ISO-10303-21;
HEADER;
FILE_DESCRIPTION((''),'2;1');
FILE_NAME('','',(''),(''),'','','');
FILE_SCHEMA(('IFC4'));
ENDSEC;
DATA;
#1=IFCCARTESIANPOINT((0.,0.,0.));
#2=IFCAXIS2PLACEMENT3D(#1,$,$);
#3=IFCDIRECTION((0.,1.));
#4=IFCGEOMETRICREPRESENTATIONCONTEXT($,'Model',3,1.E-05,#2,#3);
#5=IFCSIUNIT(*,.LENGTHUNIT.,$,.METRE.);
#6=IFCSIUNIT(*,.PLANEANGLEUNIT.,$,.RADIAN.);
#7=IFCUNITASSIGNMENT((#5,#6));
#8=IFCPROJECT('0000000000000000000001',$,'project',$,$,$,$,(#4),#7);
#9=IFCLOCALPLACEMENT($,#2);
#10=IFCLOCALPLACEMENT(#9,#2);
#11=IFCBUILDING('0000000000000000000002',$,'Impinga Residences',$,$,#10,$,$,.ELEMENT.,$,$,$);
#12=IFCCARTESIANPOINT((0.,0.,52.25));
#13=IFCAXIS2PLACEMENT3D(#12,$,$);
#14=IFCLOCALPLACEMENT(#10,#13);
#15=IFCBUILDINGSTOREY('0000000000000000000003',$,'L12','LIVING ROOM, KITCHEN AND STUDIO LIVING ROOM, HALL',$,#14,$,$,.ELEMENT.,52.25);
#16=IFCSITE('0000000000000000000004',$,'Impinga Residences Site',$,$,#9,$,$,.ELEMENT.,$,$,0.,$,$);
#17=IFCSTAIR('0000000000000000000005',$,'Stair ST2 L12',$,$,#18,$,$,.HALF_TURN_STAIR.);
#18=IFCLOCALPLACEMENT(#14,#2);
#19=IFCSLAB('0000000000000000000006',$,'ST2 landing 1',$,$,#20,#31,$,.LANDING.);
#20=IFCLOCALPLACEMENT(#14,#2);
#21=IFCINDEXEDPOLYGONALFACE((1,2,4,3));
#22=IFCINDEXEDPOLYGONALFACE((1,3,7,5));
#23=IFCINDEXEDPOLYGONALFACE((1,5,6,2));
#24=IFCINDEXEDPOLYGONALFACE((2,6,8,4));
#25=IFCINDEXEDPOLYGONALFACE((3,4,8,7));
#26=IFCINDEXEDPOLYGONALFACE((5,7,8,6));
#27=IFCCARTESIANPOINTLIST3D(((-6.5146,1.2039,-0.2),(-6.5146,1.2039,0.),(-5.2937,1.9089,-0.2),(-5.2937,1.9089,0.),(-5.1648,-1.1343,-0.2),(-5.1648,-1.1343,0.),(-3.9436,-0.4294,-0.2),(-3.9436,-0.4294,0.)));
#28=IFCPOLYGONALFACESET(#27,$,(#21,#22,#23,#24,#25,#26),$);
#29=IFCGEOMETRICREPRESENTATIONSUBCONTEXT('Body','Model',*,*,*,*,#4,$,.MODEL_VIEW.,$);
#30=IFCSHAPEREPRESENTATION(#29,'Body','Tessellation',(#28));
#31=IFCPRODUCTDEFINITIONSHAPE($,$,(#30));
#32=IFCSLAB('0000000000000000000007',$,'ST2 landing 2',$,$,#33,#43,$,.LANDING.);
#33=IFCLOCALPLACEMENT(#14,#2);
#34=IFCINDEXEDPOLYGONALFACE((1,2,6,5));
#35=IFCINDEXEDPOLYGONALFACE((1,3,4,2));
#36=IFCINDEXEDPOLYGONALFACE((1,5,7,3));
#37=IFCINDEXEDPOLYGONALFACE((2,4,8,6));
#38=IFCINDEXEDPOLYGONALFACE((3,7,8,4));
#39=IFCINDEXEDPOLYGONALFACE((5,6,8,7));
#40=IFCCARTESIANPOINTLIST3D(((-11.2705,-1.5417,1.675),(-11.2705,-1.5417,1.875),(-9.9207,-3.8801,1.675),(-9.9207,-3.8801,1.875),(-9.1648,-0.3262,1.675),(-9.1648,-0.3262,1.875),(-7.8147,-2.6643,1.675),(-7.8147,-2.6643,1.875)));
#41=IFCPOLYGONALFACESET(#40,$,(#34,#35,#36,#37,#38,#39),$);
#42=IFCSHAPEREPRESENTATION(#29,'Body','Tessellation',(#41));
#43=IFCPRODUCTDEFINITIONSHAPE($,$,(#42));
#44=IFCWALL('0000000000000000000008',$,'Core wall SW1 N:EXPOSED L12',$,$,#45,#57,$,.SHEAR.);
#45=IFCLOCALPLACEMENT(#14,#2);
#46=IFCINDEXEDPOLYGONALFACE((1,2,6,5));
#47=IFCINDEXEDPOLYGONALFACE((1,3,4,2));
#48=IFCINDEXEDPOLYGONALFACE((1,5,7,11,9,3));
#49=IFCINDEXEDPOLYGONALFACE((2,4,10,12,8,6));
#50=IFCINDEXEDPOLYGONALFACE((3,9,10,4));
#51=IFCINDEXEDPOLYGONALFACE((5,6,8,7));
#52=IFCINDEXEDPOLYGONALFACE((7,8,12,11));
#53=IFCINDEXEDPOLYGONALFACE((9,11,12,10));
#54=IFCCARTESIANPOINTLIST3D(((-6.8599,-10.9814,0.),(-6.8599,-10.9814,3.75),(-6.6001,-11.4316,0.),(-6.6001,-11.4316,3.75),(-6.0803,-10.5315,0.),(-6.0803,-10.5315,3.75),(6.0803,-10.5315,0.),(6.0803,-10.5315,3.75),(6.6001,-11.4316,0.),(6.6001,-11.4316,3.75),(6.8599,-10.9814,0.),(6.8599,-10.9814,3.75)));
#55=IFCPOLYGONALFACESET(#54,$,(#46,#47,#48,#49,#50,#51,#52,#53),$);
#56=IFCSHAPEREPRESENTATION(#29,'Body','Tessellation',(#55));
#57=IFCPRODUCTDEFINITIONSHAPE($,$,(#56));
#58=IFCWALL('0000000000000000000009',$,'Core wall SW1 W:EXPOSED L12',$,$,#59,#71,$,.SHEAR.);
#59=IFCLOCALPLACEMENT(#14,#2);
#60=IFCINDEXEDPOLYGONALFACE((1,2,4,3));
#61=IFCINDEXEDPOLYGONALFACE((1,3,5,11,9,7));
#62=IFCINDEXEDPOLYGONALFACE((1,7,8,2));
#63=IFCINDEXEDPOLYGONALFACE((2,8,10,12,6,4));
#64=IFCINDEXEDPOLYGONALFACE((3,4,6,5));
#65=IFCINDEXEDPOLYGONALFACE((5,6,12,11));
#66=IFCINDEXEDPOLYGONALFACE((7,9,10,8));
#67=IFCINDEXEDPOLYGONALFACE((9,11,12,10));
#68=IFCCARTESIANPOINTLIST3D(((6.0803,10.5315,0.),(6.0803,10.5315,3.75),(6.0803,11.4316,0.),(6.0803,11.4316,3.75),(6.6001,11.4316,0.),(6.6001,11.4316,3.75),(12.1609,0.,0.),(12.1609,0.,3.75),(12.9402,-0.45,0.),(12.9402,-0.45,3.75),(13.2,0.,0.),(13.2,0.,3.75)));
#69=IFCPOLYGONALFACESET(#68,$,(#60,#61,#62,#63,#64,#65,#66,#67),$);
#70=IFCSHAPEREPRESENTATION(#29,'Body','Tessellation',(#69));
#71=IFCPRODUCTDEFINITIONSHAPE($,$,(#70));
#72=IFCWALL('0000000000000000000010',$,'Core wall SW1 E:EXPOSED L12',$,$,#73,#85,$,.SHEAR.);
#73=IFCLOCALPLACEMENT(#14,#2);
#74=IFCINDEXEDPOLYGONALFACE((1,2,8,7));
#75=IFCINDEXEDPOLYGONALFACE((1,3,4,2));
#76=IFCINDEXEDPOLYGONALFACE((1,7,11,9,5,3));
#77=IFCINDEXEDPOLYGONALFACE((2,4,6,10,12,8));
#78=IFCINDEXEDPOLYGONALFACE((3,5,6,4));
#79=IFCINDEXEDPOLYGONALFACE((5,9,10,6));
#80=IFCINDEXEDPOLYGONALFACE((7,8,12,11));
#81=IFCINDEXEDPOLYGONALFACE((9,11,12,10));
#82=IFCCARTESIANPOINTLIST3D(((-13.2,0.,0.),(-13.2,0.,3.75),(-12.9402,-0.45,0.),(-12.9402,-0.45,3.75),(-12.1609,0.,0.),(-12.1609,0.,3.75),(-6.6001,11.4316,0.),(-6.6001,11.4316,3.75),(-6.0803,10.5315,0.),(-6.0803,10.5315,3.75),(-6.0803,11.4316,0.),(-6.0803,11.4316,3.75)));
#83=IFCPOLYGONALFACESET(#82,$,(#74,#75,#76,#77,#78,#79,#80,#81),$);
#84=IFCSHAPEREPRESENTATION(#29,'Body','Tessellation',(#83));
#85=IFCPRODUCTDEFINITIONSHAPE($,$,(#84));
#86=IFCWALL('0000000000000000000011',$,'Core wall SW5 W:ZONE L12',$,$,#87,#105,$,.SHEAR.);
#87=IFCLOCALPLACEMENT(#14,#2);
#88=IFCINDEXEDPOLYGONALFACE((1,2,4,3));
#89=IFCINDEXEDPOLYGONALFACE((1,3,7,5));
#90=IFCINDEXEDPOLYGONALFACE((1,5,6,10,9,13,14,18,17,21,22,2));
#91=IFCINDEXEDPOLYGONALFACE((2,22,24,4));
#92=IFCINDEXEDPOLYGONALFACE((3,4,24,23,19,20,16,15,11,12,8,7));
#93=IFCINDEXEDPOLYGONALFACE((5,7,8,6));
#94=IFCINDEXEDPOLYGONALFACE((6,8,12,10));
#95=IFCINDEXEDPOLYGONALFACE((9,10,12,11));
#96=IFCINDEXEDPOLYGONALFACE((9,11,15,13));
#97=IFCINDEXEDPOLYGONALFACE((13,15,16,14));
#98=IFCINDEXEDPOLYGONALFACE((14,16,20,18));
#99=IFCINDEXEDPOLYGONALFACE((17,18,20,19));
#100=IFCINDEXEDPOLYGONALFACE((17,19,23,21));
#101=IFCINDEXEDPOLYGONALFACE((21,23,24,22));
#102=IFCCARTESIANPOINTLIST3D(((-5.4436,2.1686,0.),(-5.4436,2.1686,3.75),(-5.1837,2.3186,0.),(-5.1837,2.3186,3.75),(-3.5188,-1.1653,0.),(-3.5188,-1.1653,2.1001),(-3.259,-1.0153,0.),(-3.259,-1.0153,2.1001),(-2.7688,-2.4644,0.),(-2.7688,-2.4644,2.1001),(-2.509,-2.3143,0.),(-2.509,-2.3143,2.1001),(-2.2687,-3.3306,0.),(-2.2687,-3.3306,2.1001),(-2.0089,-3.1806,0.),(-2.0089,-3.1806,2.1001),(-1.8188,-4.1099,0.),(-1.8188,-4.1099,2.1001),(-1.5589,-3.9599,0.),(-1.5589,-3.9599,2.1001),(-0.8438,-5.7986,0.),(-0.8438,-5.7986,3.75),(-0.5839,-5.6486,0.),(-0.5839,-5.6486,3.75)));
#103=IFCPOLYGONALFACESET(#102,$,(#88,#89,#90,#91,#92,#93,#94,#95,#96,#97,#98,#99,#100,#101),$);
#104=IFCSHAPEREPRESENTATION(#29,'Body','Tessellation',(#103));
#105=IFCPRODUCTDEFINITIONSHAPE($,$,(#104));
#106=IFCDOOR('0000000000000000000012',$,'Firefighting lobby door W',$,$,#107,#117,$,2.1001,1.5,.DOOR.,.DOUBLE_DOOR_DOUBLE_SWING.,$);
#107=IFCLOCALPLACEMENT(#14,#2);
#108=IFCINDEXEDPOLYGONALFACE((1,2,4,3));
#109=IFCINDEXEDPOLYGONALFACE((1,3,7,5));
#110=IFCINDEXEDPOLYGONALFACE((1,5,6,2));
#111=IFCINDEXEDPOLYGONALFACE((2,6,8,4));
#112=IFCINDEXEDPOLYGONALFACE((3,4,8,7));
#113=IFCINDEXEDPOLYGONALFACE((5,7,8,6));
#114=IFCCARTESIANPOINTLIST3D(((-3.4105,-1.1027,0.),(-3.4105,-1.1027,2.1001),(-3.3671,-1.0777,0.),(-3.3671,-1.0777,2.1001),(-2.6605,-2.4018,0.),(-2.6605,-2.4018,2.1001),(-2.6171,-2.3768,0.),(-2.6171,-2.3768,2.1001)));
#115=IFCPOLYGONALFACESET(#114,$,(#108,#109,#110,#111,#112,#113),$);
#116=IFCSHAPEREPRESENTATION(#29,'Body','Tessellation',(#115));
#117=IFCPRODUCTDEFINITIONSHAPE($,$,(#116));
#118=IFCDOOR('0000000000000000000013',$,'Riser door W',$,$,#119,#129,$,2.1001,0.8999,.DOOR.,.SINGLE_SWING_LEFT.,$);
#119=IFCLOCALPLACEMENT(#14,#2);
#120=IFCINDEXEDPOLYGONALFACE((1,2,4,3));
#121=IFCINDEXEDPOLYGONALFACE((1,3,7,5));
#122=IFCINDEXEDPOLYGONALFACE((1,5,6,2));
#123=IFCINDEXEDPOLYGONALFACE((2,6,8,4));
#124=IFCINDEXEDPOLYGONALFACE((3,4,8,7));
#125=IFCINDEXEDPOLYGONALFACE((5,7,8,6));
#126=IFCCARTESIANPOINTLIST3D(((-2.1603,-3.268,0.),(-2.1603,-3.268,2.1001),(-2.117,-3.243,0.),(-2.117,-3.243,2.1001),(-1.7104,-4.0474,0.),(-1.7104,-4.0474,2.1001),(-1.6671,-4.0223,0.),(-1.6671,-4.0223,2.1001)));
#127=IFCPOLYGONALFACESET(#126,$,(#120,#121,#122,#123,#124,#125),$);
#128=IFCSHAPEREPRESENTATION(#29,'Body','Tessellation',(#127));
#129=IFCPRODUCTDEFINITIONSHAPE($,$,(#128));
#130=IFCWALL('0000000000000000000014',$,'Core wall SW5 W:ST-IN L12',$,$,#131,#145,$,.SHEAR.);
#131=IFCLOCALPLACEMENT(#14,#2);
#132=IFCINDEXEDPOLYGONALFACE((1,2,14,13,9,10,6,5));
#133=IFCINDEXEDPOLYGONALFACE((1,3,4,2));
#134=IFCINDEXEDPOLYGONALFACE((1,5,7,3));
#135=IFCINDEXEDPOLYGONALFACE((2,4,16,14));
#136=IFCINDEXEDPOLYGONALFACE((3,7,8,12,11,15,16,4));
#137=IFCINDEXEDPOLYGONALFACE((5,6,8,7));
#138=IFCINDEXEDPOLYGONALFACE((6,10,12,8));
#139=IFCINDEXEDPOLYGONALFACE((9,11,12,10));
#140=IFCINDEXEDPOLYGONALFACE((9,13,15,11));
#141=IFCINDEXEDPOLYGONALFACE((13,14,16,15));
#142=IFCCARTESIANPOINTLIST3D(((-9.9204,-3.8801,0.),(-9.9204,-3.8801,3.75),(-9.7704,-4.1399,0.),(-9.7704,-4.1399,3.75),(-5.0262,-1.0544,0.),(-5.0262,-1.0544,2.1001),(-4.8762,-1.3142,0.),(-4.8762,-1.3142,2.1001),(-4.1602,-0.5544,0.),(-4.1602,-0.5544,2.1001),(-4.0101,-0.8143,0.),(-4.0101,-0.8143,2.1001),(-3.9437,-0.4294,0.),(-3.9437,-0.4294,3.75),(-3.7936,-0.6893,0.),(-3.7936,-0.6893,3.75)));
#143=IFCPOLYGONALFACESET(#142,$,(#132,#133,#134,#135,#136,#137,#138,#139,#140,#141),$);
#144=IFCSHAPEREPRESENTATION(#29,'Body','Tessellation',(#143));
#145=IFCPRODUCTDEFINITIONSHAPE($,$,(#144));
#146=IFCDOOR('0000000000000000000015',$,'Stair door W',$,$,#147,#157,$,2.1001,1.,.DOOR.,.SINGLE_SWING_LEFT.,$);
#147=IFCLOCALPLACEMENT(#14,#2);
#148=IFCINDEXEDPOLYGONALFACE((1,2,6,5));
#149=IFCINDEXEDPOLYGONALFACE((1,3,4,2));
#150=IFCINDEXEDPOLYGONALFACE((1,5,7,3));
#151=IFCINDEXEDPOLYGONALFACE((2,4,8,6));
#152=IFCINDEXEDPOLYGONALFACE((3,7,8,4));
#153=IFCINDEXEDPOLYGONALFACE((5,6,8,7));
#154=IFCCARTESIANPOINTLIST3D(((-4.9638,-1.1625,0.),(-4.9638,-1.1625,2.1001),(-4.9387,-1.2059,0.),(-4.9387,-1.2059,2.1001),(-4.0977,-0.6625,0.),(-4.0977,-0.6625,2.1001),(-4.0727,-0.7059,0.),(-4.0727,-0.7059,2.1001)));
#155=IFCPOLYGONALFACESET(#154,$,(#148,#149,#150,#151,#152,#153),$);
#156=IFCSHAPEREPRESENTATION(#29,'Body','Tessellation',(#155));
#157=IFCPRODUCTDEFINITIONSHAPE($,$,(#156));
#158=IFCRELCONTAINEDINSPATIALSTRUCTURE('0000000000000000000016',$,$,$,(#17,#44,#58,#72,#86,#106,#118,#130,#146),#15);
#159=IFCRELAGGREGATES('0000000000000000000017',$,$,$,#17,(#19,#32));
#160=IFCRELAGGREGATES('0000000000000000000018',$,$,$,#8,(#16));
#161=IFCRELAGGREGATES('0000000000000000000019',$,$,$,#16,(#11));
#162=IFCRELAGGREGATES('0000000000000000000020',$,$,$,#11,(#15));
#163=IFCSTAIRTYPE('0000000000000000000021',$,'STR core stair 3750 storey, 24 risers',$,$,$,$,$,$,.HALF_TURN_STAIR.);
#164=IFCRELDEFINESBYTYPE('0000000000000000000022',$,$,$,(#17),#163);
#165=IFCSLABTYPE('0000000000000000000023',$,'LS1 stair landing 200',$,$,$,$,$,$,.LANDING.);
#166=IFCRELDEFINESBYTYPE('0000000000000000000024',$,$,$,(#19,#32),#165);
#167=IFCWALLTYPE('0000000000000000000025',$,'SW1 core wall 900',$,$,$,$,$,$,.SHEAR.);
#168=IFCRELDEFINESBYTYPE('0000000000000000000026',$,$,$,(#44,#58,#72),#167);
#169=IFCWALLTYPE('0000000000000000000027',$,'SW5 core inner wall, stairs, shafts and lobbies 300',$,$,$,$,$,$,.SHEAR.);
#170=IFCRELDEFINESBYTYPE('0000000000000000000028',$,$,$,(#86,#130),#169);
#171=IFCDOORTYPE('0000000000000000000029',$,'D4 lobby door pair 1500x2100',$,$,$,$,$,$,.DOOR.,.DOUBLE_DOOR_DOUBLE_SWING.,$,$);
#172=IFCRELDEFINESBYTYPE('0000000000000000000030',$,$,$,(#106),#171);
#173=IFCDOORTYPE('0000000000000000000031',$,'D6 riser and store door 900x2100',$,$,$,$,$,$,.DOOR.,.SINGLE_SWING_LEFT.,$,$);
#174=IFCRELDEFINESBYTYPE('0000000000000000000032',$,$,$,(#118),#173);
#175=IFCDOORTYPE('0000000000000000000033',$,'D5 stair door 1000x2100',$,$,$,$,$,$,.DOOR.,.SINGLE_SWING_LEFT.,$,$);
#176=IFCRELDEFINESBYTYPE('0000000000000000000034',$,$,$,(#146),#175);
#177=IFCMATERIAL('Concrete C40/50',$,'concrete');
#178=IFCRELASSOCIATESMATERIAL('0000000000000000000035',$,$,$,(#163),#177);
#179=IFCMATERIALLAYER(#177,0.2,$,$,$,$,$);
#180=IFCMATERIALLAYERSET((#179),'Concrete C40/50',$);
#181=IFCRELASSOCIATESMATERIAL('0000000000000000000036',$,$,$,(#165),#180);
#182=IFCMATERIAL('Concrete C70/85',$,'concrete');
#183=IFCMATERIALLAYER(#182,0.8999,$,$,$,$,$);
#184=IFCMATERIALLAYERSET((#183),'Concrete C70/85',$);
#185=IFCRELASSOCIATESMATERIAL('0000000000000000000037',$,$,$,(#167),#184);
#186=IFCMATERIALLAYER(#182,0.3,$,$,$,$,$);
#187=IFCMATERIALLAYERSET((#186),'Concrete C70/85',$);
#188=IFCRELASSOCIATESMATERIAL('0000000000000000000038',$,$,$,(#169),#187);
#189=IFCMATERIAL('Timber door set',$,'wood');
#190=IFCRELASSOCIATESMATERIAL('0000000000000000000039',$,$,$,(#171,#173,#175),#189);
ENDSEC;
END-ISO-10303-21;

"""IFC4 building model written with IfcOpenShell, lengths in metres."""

from ifc_helpers import new_model, si_unit, direction, frame, frame_2d, origin, place, context, subcontext, project, spatial, polyline, rectangle, outline, extrude, material, layer, layer_set, type_object, element, fill, aggregate, save


model = new_model("IFC4")

# Units and contexts
model_context = context("Model", 3, precision=1e-05, world=origin(), true_north=direction((0.0, 1.0)))
body_context = subcontext(model_context, "Body", "Model", "MODEL_VIEW")
ifc_project = project(units=[si_unit("LENGTHUNIT", "METRE"), si_unit("PLANEANGLEUNIT", "RADIAN")], contexts=[model_context])

# Site, building, storey
site_placement = place(None, origin())
site = spatial("IfcSite", under=ifc_project, at=site_placement, Name="Impinga Residences Site", CompositionType="ELEMENT", RefElevation=0.0)
building_placement = place(site_placement, origin())
building = spatial("IfcBuilding", under=site, at=building_placement, Name="Impinga Residences", CompositionType="ELEMENT")
storey_placement = place(building_placement, frame((0.0, 0.0, 52.25)))
storey = spatial("IfcBuildingStorey", under=building, at=storey_placement, Name="L12", Description="LIVING ROOM, KITCHEN AND STUDIO LIVING ROOM, HALL", CompositionType="ELEMENT", Elevation=52.25)

# Stair, slabs
ifc_material_1 = material(Name="Concrete C40/50", Category="concrete")
stair_type = type_object("IfcStairType", Name="STR core stair 3750 storey, 24 risers", PredefinedType="HALF_TURN_STAIR", material=ifc_material_1)
ifc_layer_1 = layer(ifc_material_1, 0.2)
ifc_layer_set_1 = layer_set([ifc_layer_1], Name="Concrete C40/50")
slab_type_1 = type_object("IfcSlabType", Name="LS1 stair landing 200", PredefinedType="LANDING", material=ifc_layer_set_1)
stair_1_placement = place(storey_placement, origin())
stair_1 = element("IfcStair", 1, at=stair_1_placement, inside=storey, type_object=stair_type, Name="Stair ST2 L12", PredefinedType="HALF_TURN_STAIR")
slab_1_placement = place(storey_placement, frame((0.0, 0.0, -0.2)))
slab_1 = element("IfcSlab", 2, at=slab_1_placement, type_object=slab_type_1, Name="ST2 landing 1", PredefinedType="LANDING", context=body_context, shape_type="SweptSolid", body=[
    extrude(outline(polyline([(-3.9436, -0.4294), (-5.2937, 1.9089), (-6.5146, 1.2039), (-5.1648, -1.1343), (-3.9436, -0.4294)])), origin(), (0.0, 0.0, 1.0), 0.2),
])
slab_2_placement = place(storey_placement, frame((0.0, 0.0, 1.675)))
slab_2 = element("IfcSlab", 3, at=slab_2_placement, type_object=slab_type_1, Name="ST2 landing 2", PredefinedType="LANDING", context=body_context, shape_type="SweptSolid", body=[
    extrude(outline(polyline([(-7.8147, -2.6643), (-9.1648, -0.3262), (-11.2705, -1.5417), (-9.9207, -3.8801), (-7.8147, -2.6643)])), origin(), (0.0, 0.0, 1.0), 0.2),
])

# Walls
ifc_material_2 = material(Name="Concrete C70/85", Category="concrete")
ifc_layer_2 = layer(ifc_material_2, 0.8999)
ifc_layer_set_2 = layer_set([ifc_layer_2], Name="Concrete C70/85")
wall_type_1 = type_object("IfcWallType", Name="SW1 core wall 900", PredefinedType="SHEAR", material=ifc_layer_set_2)
wall_1_placement = place(storey_placement, origin())
element("IfcWall", 4, at=wall_1_placement, inside=storey, type_object=wall_type_1, Name="Core wall SW1 N:EXPOSED L12", PredefinedType="SHEAR", context=body_context, shape_type="SweptSolid", body=[
    extrude(outline(polyline([(-6.6001, -11.4316), (6.6001, -11.4316), (6.8599, -10.9814), (6.0803, -10.5315), (-6.0803, -10.5315), (-6.8599, -10.9814), (-6.6001, -11.4316)])), origin(), (0.0, 0.0, 1.0), 3.75),
])
wall_2_placement = place(storey_placement, origin())
element("IfcWall", 5, at=wall_2_placement, inside=storey, type_object=wall_type_1, Name="Core wall SW1 W:EXPOSED L12", PredefinedType="SHEAR", context=body_context, shape_type="SweptSolid", body=[
    extrude(outline(polyline([(13.2, 0.0), (6.6001, 11.4316), (6.0803, 11.4316), (6.0803, 10.5315), (12.1609, 0.0), (12.9402, -0.45), (13.2, 0.0)])), origin(), (0.0, 0.0, 1.0), 3.75),
])
wall_3_placement = place(storey_placement, origin())
element("IfcWall", 6, at=wall_3_placement, inside=storey, type_object=wall_type_1, Name="Core wall SW1 E:EXPOSED L12", PredefinedType="SHEAR", context=body_context, shape_type="SweptSolid", body=[
    extrude(outline(polyline([(-6.6001, 11.4316), (-13.2, 0.0), (-12.9402, -0.45), (-12.1609, 0.0), (-6.0803, 10.5315), (-6.0803, 11.4316), (-6.6001, 11.4316)])), origin(), (0.0, 0.0, 1.0), 3.75),
])

# Wall, openings, doors
ifc_layer_3 = layer(ifc_material_2, 0.3)
ifc_layer_set_3 = layer_set([ifc_layer_3], Name="Concrete C70/85")
wall_type_2 = type_object("IfcWallType", Name="SW5 core inner wall, stairs, shafts and lobbies 300", PredefinedType="SHEAR", material=ifc_layer_set_3)
wall_4_placement = place(storey_placement, frame((-0.7139, -5.7236, 0.0), z_axis=(0.0, 0.0, 1.0), x_axis=(-0.499995, 0.866028, 0.0)))
wall_4 = element("IfcWall", 7, at=wall_4_placement, inside=storey, type_object=wall_type_2, Name="Core wall SW5 W:ZONE L12", PredefinedType="SHEAR", context=body_context, shape_type="SweptSolid", body=[
    extrude(rectangle(XDim=9.1997, YDim=0.3, at=frame_2d((4.5999, 0.0))), origin(), (0.0, 0.0, 1.0), 3.75),
])
opening_1_placement = place(wall_4_placement, frame((3.8501, 0.0, 0.0)))
opening_1 = element("IfcOpeningElement", 8, at=opening_1_placement, cuts=wall_4, PredefinedType="OPENING", context=body_context, shape_type="SweptSolid", body=[
    extrude(rectangle(XDim=1.5, YDim=2.1001, at=frame_2d((0.75, 1.05))), frame((0.0, 0.1599, 0.0), z_axis=(0.0, -1.0, 0.0), x_axis=(1.0, 0.0, 0.0)), (0.0, 0.0, 1.0), 0.3201),
])
opening_2_placement = place(wall_4_placement, frame((1.95, 0.0, 0.0)))
opening_2 = element("IfcOpeningElement", 9, at=opening_2_placement, cuts=wall_4, PredefinedType="OPENING", context=body_context, shape_type="SweptSolid", body=[
    extrude(rectangle(XDim=0.8999, YDim=2.1001, at=frame_2d((0.45, 1.05))), frame((0.0, 0.1599, 0.0), z_axis=(0.0, -1.0, 0.0), x_axis=(1.0, 0.0, 0.0)), (0.0, 0.0, 1.0), 0.3201),
])
ifc_material_3 = material(Name="Timber door set", Category="wood")
door_type_1 = type_object("IfcDoorType", Name="D4 lobby door pair 1500x2100", OperationType="DOUBLE_DOOR_DOUBLE_SWING", PredefinedType="DOOR", material=ifc_material_3)
door_1_placement = place(opening_1_placement, origin())
door_1 = element("IfcDoor", 10, at=door_1_placement, inside=storey, type_object=door_type_1, Name="Firefighting lobby door W", OperationType="DOUBLE_DOOR_DOUBLE_SWING", OverallHeight=2.1001, OverallWidth=1.5, PredefinedType="DOOR", context=body_context, shape_type="SweptSolid", body=[
    extrude(rectangle(XDim=1.5, YDim=2.1001, at=frame_2d((0.75, 1.05))), frame((0.0, 0.0249, 0.0), z_axis=(0.0, -1.0, 0.0), x_axis=(1.0, 0.0, 0.0)), (0.0, 0.0, 1.0), 0.05),
])
fill(opening_1, door_1)
door_type_2 = type_object("IfcDoorType", Name="D6 riser and store door 900x2100", OperationType="SINGLE_SWING_LEFT", PredefinedType="DOOR", material=ifc_material_3)
door_2_placement = place(opening_2_placement, origin())
door_2 = element("IfcDoor", 11, at=door_2_placement, inside=storey, type_object=door_type_2, Name="Riser door W", OperationType="SINGLE_SWING_LEFT", OverallHeight=2.1001, OverallWidth=0.8999, PredefinedType="DOOR", context=body_context, shape_type="SweptSolid", body=[
    extrude(rectangle(XDim=0.8999, YDim=2.1001, at=frame_2d((0.45, 1.05))), frame((0.0, 0.0249, 0.0), z_axis=(0.0, -1.0, 0.0), x_axis=(1.0, 0.0, 0.0)), (0.0, 0.0, 1.0), 0.05),
])
fill(opening_2, door_2)

# Wall, opening, door
wall_5_placement = place(storey_placement, frame((-3.8687, -0.5593, 0.0), z_axis=(0.0, 0.0, 1.0), x_axis=(-0.866027, -0.499997, 0.0)))
wall_5 = element("IfcWall", 12, at=wall_5_placement, inside=storey, type_object=wall_type_2, Name="Core wall SW5 W:ST-IN L12", PredefinedType="SHEAR", context=body_context, shape_type="SweptSolid", body=[
    extrude(rectangle(XDim=6.9014, YDim=0.3, at=frame_2d((3.4507, 0.0))), origin(), (0.0, 0.0, 1.0), 3.75),
])
opening_3_placement = place(wall_5_placement, frame((0.25, 0.0, 0.0)))
opening_3 = element("IfcOpeningElement", 13, at=opening_3_placement, cuts=wall_5, PredefinedType="OPENING", context=body_context, shape_type="SweptSolid", body=[
    extrude(rectangle(XDim=1.0, YDim=2.1001, at=frame_2d((0.5, 1.05))), frame((0.0, 0.1599, 0.0), z_axis=(0.0, -1.0, 0.0), x_axis=(1.0, 0.0, 0.0)), (0.0, 0.0, 1.0), 0.3201),
])
door_type_3 = type_object("IfcDoorType", Name="D5 stair door 1000x2100", OperationType="SINGLE_SWING_LEFT", PredefinedType="DOOR", material=ifc_material_3)
door_3_placement = place(opening_3_placement, origin())
door_3 = element("IfcDoor", 14, at=door_3_placement, inside=storey, type_object=door_type_3, Name="Stair door W", OperationType="SINGLE_SWING_LEFT", OverallHeight=2.1001, OverallWidth=1.0, PredefinedType="DOOR", context=body_context, shape_type="SweptSolid", body=[
    extrude(rectangle(XDim=1.0, YDim=2.1001, at=frame_2d((0.5, 1.05))), frame((0.0, 0.0249, 0.0), z_axis=(0.0, -1.0, 0.0), x_axis=(1.0, 0.0, 0.0)), (0.0, 0.0, 1.0), 0.05),
])
fill(opening_3, door_3)

aggregate(stair_1, [slab_1, slab_2])

save(model, "model.ifc")
